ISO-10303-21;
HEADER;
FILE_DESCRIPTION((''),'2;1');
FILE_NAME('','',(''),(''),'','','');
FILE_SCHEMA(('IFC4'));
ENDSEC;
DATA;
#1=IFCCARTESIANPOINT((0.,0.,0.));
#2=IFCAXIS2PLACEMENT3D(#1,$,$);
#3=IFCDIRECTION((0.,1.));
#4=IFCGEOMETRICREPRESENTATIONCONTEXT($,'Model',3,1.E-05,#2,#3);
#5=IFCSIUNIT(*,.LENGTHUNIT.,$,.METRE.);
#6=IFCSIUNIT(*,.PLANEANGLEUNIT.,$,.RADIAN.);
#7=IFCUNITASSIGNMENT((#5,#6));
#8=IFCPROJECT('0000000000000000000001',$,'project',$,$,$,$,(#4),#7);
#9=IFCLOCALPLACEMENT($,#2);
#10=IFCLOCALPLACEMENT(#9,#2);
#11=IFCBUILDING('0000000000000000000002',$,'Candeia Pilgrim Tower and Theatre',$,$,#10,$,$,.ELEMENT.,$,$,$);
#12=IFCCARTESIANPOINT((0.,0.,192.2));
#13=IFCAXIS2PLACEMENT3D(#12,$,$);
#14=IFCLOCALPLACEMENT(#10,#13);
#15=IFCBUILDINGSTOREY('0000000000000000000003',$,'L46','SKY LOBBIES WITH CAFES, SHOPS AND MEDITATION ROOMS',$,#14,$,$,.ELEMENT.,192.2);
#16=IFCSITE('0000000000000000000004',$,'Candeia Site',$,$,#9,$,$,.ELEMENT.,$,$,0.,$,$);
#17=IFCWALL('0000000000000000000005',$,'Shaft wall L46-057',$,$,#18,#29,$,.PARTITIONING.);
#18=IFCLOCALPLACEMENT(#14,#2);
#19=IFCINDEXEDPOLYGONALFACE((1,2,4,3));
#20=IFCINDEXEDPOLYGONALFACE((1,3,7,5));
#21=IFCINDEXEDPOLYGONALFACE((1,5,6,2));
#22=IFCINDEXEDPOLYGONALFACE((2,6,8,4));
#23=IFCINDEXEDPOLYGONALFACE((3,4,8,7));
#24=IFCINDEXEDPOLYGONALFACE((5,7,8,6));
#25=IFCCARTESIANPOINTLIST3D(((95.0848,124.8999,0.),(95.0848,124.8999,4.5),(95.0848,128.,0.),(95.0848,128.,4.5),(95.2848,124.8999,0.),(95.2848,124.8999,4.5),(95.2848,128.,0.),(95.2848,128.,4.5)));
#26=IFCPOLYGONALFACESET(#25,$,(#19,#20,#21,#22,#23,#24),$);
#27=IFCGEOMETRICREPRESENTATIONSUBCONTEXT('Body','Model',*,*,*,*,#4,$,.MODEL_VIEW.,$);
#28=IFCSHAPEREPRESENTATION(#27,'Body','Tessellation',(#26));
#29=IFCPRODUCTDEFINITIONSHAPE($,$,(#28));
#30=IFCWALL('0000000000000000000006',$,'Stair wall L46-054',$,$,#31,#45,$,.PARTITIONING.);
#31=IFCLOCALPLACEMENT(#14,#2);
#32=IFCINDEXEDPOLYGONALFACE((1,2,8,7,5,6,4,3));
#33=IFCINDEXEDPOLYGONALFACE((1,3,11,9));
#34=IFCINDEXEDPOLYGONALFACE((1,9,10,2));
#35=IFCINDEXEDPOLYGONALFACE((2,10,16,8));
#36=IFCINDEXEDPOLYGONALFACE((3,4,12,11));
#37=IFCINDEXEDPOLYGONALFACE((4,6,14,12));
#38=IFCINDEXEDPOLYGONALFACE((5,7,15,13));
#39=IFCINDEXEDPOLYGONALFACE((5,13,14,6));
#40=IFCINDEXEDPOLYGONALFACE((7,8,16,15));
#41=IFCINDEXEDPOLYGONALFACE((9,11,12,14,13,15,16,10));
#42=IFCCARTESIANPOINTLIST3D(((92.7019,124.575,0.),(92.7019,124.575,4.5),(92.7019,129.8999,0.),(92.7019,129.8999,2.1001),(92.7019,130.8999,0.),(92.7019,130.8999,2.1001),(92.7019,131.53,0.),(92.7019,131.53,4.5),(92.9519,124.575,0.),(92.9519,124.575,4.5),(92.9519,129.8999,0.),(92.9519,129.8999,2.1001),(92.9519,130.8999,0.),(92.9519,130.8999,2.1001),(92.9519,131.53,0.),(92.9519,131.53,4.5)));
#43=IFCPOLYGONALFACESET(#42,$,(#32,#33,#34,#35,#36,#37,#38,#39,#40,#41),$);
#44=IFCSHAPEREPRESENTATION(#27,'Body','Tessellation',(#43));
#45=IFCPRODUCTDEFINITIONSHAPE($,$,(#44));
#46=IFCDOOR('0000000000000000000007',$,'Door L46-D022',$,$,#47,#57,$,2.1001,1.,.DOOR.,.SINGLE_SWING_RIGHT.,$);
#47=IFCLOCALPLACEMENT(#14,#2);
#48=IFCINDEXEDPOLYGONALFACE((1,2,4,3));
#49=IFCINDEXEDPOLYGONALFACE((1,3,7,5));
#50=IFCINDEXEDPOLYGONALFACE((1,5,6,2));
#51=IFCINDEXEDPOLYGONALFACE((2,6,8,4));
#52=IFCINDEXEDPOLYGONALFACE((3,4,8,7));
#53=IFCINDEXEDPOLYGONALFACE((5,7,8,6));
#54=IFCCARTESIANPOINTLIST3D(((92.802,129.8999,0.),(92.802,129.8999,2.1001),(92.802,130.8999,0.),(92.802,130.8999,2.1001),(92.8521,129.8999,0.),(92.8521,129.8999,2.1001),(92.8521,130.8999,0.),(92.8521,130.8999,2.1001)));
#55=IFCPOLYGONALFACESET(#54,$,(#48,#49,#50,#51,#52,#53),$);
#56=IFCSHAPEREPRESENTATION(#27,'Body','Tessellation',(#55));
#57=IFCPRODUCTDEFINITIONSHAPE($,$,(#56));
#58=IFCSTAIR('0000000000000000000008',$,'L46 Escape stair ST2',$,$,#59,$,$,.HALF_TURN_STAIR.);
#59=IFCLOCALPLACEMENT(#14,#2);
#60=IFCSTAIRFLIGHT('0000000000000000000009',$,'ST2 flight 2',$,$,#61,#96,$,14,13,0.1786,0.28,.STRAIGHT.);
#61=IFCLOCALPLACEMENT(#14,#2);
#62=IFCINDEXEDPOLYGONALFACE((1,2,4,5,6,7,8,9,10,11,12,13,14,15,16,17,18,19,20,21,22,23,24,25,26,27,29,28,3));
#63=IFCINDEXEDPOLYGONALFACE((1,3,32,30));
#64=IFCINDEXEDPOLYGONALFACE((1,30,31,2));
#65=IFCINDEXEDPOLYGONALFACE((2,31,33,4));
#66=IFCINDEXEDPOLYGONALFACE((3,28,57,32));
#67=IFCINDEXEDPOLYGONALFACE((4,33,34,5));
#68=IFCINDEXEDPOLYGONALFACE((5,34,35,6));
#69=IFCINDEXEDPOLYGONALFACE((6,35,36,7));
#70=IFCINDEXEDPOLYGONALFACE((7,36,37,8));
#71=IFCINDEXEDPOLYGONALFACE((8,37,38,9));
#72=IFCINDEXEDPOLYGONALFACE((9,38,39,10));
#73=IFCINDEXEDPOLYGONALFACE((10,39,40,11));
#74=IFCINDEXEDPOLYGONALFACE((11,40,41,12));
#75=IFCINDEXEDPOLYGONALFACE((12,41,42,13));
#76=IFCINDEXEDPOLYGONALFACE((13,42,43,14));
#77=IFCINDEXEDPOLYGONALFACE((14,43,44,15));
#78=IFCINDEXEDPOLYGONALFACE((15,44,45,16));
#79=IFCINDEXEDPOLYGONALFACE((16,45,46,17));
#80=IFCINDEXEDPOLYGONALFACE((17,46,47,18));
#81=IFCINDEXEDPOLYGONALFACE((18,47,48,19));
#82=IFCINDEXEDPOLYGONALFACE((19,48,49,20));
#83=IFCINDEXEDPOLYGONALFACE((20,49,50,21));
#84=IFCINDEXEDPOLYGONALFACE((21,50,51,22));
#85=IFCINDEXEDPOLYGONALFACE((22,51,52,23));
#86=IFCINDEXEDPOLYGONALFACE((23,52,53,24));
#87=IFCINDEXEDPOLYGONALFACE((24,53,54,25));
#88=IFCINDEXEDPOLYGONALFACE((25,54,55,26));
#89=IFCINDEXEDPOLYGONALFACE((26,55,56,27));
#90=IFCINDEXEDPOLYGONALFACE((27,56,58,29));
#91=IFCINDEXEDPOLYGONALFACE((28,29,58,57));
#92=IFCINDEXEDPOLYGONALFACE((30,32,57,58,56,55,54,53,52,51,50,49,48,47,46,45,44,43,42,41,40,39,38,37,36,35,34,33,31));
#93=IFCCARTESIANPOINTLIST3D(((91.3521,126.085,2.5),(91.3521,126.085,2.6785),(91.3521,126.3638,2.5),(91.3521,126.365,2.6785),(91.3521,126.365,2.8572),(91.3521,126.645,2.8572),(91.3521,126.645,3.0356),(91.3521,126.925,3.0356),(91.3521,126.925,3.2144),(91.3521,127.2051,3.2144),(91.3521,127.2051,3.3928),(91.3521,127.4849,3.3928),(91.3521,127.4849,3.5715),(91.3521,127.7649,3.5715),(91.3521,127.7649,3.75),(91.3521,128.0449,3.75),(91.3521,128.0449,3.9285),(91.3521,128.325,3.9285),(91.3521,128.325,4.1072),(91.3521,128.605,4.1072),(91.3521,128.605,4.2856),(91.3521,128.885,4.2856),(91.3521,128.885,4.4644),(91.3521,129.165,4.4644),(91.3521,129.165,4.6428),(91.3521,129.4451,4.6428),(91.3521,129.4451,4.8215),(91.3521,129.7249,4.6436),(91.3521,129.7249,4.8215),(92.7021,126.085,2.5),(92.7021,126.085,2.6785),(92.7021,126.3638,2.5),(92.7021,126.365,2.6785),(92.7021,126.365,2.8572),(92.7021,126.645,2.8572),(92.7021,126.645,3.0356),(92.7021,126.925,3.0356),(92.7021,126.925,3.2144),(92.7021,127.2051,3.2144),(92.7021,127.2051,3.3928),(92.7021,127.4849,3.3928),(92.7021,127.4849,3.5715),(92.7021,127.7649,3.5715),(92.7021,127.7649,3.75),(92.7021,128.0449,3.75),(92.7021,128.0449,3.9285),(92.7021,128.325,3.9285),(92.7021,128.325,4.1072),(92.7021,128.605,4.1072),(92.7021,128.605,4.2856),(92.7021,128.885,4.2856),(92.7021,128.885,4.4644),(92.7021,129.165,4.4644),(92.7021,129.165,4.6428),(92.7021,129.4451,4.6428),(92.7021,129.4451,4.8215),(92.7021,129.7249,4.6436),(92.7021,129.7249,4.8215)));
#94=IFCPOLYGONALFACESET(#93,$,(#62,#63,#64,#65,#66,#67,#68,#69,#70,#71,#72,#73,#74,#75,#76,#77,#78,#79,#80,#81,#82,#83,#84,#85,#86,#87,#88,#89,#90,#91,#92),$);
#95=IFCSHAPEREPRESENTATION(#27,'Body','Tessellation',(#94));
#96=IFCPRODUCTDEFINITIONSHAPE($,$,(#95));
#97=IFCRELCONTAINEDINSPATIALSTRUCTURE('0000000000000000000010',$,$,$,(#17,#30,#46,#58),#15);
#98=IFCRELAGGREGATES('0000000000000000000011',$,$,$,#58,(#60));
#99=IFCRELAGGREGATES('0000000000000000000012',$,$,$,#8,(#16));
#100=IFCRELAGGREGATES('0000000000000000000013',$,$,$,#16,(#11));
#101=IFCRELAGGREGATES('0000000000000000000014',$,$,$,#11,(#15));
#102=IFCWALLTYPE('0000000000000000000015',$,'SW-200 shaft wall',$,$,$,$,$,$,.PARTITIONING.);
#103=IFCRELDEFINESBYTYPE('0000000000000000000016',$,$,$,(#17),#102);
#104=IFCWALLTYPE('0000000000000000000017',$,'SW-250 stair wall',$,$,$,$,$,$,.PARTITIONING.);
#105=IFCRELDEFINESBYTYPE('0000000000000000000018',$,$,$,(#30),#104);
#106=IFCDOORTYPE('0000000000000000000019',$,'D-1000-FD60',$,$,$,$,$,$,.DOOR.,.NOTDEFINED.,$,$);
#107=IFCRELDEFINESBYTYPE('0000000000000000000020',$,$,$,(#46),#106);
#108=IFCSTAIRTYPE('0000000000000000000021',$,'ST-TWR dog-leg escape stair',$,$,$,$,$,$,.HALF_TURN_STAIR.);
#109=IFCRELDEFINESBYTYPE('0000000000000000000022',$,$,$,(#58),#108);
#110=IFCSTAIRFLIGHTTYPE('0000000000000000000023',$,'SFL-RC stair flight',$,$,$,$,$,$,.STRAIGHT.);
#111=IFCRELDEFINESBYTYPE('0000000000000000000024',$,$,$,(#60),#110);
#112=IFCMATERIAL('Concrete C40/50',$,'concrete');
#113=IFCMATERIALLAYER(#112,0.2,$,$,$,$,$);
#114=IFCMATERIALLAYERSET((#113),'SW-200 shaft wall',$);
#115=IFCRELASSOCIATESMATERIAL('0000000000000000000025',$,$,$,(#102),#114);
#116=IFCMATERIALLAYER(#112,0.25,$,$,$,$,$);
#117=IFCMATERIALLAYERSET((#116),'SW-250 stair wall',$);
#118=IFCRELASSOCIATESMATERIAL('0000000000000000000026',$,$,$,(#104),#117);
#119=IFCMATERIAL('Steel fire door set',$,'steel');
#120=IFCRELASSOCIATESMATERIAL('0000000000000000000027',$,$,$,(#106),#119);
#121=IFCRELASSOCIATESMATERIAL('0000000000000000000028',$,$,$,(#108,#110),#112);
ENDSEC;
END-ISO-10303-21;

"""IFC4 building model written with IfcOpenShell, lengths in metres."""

from ifc_helpers import new_model, si_unit, direction, frame, frame_2d, origin, place, context, subcontext, project, spatial, polyline, rectangle, outline, extrude, material, layer, layer_set, type_object, element, fill, aggregate, save


model = new_model("IFC4")

# Units and contexts
model_context = context("Model", 3, precision=1e-05, world=origin(), true_north=direction((0.0, 1.0)))
body_context = subcontext(model_context, "Body", "Model", "MODEL_VIEW")
ifc_project = project(units=[si_unit("LENGTHUNIT", "METRE"), si_unit("PLANEANGLEUNIT", "RADIAN")], contexts=[model_context])

# Site, building, storey
site_placement = place(None, origin())
site = spatial("IfcSite", under=ifc_project, at=site_placement, Name="Candeia Site", CompositionType="ELEMENT", RefElevation=0.0)
building_placement = place(site_placement, origin())
building = spatial("IfcBuilding", under=site, at=building_placement, Name="Candeia Pilgrim Tower and Theatre", CompositionType="ELEMENT")
storey_placement = place(building_placement, frame((0.0, 0.0, 192.2)))
storey = spatial("IfcBuildingStorey", under=building, at=storey_placement, Name="L46", Description="SKY LOBBIES WITH CAFES, SHOPS AND MEDITATION ROOMS", CompositionType="ELEMENT", Elevation=192.2)

# Shared definitions
ifc_material_1 = material(Name="Steel fire door set", Category="steel")

# Shared definitions
ifc_material_2 = material(Name="Concrete C40/50", Category="concrete")
ifc_layer_1 = layer(ifc_material_2, 0.2)
ifc_layer_set_1 = layer_set([ifc_layer_1], Name="SW-200 shaft wall")
wall_type_1 = type_object("IfcWallType", Name="SW-200 shaft wall", PredefinedType="PARTITIONING", material=ifc_layer_set_1)

# Wall
wall_1_placement = place(storey_placement, frame((95.1848, 124.8999, 0.0), z_axis=(0.0, 0.0, 1.0), x_axis=(0.0, 1.0, 0.0)))
element("IfcWall", 1, at=wall_1_placement, inside=storey, type_object=wall_type_1, Name="Shaft wall L46-057", PredefinedType="PARTITIONING", context=body_context, shape_type="SweptSolid", body=[
    extrude(rectangle(XDim=3.1001, YDim=0.2, at=frame_2d((1.55, 0.0))), origin(), (0.0, 0.0, 1.0), 4.5),
])

# Wall, opening, door
ifc_layer_2 = layer(ifc_material_2, 0.25)
ifc_layer_set_2 = layer_set([ifc_layer_2], Name="SW-250 stair wall")
wall_type_2 = type_object("IfcWallType", Name="SW-250 stair wall", PredefinedType="PARTITIONING", material=ifc_layer_set_2)
wall_2_placement = place(storey_placement, frame((92.8269, 124.575, 0.0), z_axis=(0.0, 0.0, 1.0), x_axis=(0.0, 1.0, 0.0)))
wall_2 = element("IfcWall", 2, at=wall_2_placement, inside=storey, type_object=wall_type_2, Name="Stair wall L46-054", PredefinedType="PARTITIONING", context=body_context, shape_type="SweptSolid", body=[
    extrude(rectangle(XDim=6.9551, YDim=0.25, at=frame_2d((3.4775, 0.0))), origin(), (0.0, 0.0, 1.0), 4.5),
])
opening_1_placement = place(wall_2_placement, frame((5.325, 0.0, 0.0)))
opening_1 = element("IfcOpeningElement", 3, at=opening_1_placement, cuts=wall_2, PredefinedType="OPENING", context=body_context, shape_type="SweptSolid", body=[
    extrude(rectangle(XDim=1.0, YDim=2.1001, at=frame_2d((0.5, 1.05))), frame((0.0, 0.135, 0.0), z_axis=(0.0, -1.0, 0.0), x_axis=(1.0, 0.0, 0.0)), (0.0, 0.0, 1.0), 0.27),
])
door_type_1 = type_object("IfcDoorType", Name="D-1000-FD60", OperationType="NOTDEFINED", PredefinedType="DOOR", material=ifc_material_1)
door_1_placement = place(opening_1_placement, origin())
door_1 = element("IfcDoor", 4, at=door_1_placement, inside=storey, type_object=door_type_1, Name="Door L46-D022", OperationType="SINGLE_SWING_RIGHT", OverallHeight=2.1001, OverallWidth=1.0, PredefinedType="DOOR", context=body_context, shape_type="SweptSolid", body=[
    extrude(rectangle(XDim=1.0, YDim=2.1001, at=frame_2d((0.5, 1.05))), frame((0.0, 0.0249, 0.0), z_axis=(0.0, -1.0, 0.0), x_axis=(1.0, 0.0, 0.0)), (0.0, 0.0, 1.0), 0.05),
])
fill(opening_1, door_1)

# Stair, stair flight
stair_type = type_object("IfcStairType", Name="ST-TWR dog-leg escape stair", PredefinedType="HALF_TURN_STAIR", material=ifc_material_2)
stair_placement = place(storey_placement, origin())
stair = element("IfcStair", 5, at=stair_placement, inside=storey, type_object=stair_type, Name="L46 Escape stair ST2", PredefinedType="HALF_TURN_STAIR")
stair_flight_type = type_object("IfcStairFlightType", Name="SFL-RC stair flight", PredefinedType="STRAIGHT", material=ifc_material_2)
stair_flight_placement = place(storey_placement, frame((92.0271, 126.085, 2.5), z_axis=(0.0, 0.0, 1.0), x_axis=(0.0, 1.0, 0.0)))
stair_flight = element("IfcStairFlight", 6, at=stair_flight_placement, type_object=stair_flight_type, Name="ST2 flight 2", NumberOfRisers=14, NumberOfTreads=13, PredefinedType="STRAIGHT", RiserHeight=0.1786, TreadLength=0.28, context=body_context, shape_type="SweptSolid", body=[
    extrude(outline(polyline([(0.0, 0.0), (0.0, 0.1785), (0.28, 0.1785), (0.28, 0.3572), (0.5601, 0.3572), (0.5601, 0.5356), (0.8401, 0.5356), (0.8401, 0.7144), (1.1201, 0.7144), (1.1201, 0.8928), (1.3999, 0.8928), (1.3999, 1.0715), (1.6799, 1.0715), (1.6799, 1.25), (1.96, 1.25), (1.96, 1.4285), (2.24, 1.4285), (2.24, 1.6072), (2.52, 1.6072), (2.52, 1.7856), (2.8, 1.7856), (2.8, 1.9644), (3.0801, 1.9644), (3.0801, 2.1428), (3.3601, 2.1428), (3.3601, 2.3215), (3.6399, 2.3215), (3.6399, 2.5), (3.6399, 2.1436), (0.2788, 0.0), (0.0, 0.0)])), frame((0.0, 0.675, 0.0), z_axis=(0.0, -1.0, 0.0), x_axis=(1.0, 0.0, 0.0)), (0.0, 0.0, 1.0), 1.3501),
])
aggregate(stair, [stair_flight])

save(model, "model.ifc")
